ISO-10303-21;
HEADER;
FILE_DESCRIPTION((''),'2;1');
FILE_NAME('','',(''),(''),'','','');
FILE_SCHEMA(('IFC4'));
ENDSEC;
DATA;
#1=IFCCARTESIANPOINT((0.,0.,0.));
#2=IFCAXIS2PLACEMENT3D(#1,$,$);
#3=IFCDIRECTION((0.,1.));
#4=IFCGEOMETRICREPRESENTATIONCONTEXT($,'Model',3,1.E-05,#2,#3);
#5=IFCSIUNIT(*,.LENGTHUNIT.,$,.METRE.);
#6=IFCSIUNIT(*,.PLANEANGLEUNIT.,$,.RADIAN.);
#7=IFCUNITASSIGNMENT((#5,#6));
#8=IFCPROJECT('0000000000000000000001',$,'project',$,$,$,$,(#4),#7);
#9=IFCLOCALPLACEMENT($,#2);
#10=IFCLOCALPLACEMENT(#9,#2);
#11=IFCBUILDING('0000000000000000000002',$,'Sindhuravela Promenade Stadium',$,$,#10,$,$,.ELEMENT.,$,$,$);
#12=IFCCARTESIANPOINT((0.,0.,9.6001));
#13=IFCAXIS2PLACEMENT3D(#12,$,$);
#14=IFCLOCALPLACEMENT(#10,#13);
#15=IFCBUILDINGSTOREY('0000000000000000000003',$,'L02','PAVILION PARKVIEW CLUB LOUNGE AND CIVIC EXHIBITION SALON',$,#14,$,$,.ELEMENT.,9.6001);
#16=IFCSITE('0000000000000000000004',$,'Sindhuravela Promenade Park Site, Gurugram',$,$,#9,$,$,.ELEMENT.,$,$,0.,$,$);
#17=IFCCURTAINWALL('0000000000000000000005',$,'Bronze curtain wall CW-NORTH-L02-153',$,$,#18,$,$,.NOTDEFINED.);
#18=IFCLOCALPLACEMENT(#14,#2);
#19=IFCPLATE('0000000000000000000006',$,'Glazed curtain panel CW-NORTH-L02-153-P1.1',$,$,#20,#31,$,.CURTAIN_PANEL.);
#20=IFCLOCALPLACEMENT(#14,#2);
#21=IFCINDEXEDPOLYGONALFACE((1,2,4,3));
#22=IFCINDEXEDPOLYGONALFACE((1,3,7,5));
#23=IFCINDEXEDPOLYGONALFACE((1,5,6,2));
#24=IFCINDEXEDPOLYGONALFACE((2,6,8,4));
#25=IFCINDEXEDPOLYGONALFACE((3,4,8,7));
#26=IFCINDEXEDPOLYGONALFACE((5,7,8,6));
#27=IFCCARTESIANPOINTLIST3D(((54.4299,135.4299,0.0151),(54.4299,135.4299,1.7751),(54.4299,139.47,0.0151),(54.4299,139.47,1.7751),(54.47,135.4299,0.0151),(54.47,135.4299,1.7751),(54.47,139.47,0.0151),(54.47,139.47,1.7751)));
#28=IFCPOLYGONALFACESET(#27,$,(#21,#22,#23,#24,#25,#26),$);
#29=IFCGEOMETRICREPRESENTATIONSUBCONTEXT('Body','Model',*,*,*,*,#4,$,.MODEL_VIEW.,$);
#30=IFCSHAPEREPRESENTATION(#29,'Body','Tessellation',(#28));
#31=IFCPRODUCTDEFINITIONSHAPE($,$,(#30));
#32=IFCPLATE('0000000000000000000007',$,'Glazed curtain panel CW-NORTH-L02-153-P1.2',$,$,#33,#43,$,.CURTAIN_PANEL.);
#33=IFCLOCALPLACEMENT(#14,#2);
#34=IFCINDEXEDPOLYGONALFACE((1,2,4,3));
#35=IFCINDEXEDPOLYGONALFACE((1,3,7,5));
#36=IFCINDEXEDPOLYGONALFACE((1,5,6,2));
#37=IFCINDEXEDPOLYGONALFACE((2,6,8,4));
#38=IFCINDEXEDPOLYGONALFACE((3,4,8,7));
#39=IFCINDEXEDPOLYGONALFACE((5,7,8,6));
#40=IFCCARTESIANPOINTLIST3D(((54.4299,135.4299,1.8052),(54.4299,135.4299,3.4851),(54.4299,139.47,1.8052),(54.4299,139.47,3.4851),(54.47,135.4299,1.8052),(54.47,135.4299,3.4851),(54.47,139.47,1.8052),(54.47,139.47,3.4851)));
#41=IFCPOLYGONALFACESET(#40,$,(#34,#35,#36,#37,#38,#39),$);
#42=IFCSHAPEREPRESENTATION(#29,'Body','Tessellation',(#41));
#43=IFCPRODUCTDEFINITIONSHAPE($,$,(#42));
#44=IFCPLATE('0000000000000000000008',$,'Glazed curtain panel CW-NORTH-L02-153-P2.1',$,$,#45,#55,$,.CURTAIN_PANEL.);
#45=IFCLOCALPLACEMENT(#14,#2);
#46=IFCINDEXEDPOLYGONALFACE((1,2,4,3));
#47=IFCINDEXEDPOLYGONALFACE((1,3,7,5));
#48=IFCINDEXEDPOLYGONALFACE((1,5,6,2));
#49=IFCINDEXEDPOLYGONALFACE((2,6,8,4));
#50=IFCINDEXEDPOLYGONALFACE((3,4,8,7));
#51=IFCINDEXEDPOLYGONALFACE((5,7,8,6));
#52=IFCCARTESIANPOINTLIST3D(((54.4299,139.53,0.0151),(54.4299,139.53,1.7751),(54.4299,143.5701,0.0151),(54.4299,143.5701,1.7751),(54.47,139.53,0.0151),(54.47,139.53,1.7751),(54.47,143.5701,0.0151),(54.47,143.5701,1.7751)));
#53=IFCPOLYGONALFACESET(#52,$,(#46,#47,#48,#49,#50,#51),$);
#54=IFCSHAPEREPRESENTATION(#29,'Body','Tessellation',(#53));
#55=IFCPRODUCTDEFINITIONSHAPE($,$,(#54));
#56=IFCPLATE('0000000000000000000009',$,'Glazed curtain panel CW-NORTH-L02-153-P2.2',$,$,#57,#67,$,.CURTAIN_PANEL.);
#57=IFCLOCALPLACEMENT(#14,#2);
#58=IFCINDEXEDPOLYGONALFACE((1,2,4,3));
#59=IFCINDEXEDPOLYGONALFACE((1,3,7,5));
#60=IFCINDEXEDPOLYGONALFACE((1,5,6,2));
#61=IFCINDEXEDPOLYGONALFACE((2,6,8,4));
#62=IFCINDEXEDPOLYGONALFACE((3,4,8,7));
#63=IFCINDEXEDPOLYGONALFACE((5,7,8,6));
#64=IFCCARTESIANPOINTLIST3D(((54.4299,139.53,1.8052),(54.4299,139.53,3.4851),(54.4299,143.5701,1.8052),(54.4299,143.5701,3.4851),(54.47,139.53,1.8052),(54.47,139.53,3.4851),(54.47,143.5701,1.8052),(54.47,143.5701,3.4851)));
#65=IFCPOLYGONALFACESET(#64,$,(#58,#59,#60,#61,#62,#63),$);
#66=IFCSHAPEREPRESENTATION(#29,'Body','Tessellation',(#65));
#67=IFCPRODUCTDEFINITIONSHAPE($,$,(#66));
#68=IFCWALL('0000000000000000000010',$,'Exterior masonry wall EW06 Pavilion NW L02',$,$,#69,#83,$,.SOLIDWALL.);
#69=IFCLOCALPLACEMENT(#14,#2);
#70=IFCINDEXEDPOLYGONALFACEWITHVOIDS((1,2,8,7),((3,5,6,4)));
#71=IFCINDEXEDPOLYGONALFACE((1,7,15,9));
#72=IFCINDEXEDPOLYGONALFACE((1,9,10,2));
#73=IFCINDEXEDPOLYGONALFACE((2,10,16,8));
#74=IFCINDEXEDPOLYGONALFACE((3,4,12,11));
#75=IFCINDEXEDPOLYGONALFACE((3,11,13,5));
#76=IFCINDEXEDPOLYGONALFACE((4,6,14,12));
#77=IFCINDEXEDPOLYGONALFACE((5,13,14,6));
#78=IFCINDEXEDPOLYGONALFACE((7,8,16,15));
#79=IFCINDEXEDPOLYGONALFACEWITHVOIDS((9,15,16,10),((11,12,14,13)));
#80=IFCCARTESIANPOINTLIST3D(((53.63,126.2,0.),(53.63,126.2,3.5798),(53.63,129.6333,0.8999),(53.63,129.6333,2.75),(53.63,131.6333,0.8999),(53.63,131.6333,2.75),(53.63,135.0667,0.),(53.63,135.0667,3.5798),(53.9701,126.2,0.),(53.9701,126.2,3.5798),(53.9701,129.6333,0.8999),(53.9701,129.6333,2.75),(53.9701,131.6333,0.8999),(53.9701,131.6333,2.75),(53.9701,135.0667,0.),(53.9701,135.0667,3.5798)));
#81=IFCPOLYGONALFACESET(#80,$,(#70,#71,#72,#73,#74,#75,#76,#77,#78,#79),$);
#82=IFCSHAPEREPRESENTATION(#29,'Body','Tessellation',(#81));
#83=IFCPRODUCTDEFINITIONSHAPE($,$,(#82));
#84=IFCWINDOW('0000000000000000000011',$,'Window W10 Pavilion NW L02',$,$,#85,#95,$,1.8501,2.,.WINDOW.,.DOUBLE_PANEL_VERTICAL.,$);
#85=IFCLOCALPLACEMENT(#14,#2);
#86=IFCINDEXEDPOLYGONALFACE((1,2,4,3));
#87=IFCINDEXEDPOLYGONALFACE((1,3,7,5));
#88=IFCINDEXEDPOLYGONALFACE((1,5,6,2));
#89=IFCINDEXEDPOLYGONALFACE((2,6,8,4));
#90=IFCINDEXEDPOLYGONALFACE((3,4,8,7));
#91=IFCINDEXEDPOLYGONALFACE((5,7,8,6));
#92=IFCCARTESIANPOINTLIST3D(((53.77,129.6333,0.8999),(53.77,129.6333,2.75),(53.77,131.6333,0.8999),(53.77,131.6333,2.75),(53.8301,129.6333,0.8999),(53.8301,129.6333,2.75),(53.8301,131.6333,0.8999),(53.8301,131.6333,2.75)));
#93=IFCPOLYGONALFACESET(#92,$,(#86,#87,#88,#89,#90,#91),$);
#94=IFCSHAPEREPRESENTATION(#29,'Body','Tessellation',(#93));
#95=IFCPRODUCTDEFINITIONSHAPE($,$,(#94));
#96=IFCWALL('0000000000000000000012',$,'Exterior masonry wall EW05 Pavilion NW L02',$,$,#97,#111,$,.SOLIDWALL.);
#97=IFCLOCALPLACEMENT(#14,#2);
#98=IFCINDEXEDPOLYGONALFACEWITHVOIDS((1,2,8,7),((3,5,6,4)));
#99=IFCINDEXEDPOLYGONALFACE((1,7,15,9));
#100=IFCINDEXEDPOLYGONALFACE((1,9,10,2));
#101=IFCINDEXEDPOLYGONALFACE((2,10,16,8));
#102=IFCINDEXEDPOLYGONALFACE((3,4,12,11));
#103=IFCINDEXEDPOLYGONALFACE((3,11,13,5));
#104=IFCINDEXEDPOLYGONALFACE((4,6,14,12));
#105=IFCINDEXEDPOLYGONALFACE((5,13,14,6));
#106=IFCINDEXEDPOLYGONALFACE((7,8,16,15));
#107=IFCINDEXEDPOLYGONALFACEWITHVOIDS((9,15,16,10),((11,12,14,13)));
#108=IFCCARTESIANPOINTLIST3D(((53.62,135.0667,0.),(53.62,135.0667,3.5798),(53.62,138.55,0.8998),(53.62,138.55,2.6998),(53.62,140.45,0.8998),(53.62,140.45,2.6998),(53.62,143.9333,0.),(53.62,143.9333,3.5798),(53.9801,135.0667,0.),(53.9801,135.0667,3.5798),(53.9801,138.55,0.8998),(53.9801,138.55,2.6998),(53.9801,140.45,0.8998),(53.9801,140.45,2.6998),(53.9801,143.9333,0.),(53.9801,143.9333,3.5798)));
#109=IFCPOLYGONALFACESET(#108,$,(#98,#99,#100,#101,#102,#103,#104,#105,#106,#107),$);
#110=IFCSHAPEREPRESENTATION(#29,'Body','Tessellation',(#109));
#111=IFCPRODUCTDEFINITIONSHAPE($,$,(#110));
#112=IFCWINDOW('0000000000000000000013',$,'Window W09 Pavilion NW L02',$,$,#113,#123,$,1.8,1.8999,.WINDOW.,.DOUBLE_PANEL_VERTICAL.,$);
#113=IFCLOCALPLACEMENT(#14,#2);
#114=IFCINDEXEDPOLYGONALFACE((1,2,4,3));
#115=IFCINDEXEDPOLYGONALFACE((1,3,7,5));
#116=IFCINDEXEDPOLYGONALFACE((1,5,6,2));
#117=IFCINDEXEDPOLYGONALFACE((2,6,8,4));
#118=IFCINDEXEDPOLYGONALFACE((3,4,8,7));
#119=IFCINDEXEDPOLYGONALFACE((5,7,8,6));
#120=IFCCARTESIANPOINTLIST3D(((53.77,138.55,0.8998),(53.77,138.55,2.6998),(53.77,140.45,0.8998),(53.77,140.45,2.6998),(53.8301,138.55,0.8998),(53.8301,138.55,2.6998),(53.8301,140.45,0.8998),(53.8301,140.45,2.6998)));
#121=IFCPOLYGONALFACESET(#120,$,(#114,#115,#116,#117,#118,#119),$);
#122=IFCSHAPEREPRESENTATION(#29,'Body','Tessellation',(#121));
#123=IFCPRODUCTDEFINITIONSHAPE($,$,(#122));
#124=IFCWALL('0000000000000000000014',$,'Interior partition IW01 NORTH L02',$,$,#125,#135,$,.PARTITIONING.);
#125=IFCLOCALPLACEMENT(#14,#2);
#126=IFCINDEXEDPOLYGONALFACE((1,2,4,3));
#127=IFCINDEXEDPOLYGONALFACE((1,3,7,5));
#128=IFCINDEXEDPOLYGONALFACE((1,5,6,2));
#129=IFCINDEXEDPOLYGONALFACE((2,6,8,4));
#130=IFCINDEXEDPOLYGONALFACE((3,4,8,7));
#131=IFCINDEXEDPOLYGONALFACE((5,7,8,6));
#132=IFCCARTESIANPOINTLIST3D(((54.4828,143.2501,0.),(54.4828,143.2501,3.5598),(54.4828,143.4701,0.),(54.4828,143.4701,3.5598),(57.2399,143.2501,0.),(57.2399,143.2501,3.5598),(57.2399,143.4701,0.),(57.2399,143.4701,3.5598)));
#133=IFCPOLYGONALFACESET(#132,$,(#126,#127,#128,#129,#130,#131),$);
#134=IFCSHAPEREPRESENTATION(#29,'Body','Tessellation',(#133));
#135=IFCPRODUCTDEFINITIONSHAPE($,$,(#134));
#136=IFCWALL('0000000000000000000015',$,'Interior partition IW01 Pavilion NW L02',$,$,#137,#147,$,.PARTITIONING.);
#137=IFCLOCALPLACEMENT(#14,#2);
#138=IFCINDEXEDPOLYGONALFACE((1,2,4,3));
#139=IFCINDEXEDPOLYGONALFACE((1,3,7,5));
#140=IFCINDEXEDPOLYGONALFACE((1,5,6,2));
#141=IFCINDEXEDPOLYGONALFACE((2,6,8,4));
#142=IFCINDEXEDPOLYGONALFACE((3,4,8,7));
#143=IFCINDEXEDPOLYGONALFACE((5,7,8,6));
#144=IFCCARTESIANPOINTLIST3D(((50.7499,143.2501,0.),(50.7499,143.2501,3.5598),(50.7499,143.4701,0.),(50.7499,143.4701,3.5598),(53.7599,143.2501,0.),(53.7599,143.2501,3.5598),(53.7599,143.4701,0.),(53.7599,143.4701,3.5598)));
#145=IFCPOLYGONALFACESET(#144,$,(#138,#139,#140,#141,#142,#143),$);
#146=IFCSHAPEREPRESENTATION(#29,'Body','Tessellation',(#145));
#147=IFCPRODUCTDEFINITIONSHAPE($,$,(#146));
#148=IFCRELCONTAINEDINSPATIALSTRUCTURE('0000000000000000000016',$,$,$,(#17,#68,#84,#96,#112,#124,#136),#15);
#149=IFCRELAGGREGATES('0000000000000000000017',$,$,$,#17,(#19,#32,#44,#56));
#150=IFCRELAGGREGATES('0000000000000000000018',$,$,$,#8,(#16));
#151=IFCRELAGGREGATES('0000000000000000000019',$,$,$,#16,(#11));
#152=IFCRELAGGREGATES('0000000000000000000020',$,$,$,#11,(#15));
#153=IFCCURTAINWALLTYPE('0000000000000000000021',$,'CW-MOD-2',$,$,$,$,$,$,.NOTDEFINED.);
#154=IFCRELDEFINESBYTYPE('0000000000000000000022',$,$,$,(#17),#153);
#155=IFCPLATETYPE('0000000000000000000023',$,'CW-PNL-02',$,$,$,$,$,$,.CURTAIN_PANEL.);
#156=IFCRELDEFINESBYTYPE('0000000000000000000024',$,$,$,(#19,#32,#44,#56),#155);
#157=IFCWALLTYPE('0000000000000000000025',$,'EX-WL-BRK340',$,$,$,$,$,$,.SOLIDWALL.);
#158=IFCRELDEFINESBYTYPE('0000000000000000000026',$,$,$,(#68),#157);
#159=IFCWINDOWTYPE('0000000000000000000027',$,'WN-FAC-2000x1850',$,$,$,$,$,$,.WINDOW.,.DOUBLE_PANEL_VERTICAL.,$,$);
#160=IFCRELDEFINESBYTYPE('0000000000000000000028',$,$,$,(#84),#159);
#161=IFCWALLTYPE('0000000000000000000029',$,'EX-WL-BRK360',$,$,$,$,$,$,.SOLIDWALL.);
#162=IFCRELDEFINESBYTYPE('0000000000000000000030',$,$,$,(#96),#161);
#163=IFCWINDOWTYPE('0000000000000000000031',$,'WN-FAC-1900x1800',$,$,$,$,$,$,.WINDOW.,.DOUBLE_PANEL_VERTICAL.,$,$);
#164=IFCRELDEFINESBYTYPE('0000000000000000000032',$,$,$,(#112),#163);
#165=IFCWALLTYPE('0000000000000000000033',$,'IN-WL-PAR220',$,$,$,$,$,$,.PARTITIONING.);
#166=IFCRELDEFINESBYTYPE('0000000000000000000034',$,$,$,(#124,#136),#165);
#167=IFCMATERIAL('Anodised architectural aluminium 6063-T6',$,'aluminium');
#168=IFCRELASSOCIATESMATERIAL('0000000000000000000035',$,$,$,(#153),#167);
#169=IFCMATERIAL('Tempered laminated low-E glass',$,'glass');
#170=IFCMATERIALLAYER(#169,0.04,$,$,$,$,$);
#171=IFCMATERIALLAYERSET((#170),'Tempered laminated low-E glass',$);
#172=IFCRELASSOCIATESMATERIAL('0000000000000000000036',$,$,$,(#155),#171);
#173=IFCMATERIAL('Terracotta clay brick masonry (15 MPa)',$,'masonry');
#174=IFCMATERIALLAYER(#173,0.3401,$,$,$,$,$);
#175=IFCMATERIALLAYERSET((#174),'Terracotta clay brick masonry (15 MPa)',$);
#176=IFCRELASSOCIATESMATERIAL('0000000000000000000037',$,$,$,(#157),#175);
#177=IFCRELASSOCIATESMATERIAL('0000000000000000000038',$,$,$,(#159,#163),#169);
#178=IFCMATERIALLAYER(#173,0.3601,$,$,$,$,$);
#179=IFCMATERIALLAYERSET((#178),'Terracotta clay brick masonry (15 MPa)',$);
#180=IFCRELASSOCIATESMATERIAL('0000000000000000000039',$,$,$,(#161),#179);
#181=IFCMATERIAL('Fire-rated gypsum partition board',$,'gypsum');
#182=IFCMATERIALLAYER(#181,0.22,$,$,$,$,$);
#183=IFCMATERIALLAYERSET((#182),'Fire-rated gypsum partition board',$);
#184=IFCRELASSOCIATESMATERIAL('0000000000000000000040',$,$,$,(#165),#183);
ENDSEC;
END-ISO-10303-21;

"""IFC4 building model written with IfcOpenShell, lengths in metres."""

from ifc_helpers import new_model, si_unit, direction, frame, frame_2d, origin, origin_2d, place, context, subcontext, project, spatial, rectangle, extrude, material, layer, layer_set, type_object, element, fill, aggregate, save


model = new_model("IFC4")

# Units and contexts
model_context = context("Model", 3, precision=1e-05, world=origin(), true_north=direction((0.0, 1.0)))
body_context = subcontext(model_context, "Body", "Model", "MODEL_VIEW")
ifc_project = project(units=[si_unit("LENGTHUNIT", "METRE"), si_unit("PLANEANGLEUNIT", "RADIAN")], contexts=[model_context])

# Site, building, storey
site_placement = place(None, origin())
site = spatial("IfcSite", under=ifc_project, at=site_placement, Name="Sindhuravela Promenade Park Site, Gurugram", CompositionType="ELEMENT", RefElevation=0.0)
building_placement = place(site_placement, origin())
building = spatial("IfcBuilding", under=site, at=building_placement, Name="Sindhuravela Promenade Stadium", CompositionType="ELEMENT")
storey_placement = place(building_placement, frame((0.0, 0.0, 9.6001)))
storey = spatial("IfcBuildingStorey", under=building, at=storey_placement, Name="L02", Description="PAVILION PARKVIEW CLUB LOUNGE AND CIVIC EXHIBITION SALON", CompositionType="ELEMENT", Elevation=9.6001)

# Curtain wall
ifc_material_1 = material(Name="Anodised architectural aluminium 6063-T6", Category="aluminium")
curtain_wall_type = type_object("IfcCurtainWallType", Name="CW-MOD-2", PredefinedType="NOTDEFINED", material=ifc_material_1)
curtain_wall_placement = place(storey_placement, origin())
curtain_wall = element("IfcCurtainWall", 1, at=curtain_wall_placement, inside=storey, type_object=curtain_wall_type, Name="Bronze curtain wall CW-NORTH-L02-153", PredefinedType="NOTDEFINED")

# Plates
ifc_material_2 = material(Name="Tempered laminated low-E glass", Category="glass")
ifc_layer_1 = layer(ifc_material_2, 0.04)
ifc_layer_set_1 = layer_set([ifc_layer_1], Name="Tempered laminated low-E glass")
plate_type = type_object("IfcPlateType", Name="CW-PNL-02", PredefinedType="CURTAIN_PANEL", material=ifc_layer_set_1)
plate_1_placement = place(storey_placement, frame((54.45, 137.45, 0.0151), z_axis=(0.0, 0.0, 1.0), x_axis=(0.0, 1.0, 0.0)))
plate_1 = element("IfcPlate", 2, at=plate_1_placement, type_object=plate_type, Name="Glazed curtain panel CW-NORTH-L02-153-P1.1", PredefinedType="CURTAIN_PANEL", context=body_context, shape_type="SweptSolid", body=[
    extrude(rectangle(XDim=4.04, YDim=0.04, at=origin_2d()), origin(), (0.0, 0.0, 1.0), 1.76),
])
plate_2_placement = place(storey_placement, frame((54.45, 137.45, 1.8052), z_axis=(0.0, 0.0, 1.0), x_axis=(0.0, 1.0, 0.0)))
plate_2 = element("IfcPlate", 3, at=plate_2_placement, type_object=plate_type, Name="Glazed curtain panel CW-NORTH-L02-153-P1.2", PredefinedType="CURTAIN_PANEL", context=body_context, shape_type="SweptSolid", body=[
    extrude(rectangle(XDim=4.04, YDim=0.04, at=origin_2d()), origin(), (0.0, 0.0, 1.0), 1.6799),
])
plate_3_placement = place(storey_placement, frame((54.45, 141.55, 0.0151), z_axis=(0.0, 0.0, 1.0), x_axis=(0.0, 1.0, 0.0)))
plate_3 = element("IfcPlate", 4, at=plate_3_placement, type_object=plate_type, Name="Glazed curtain panel CW-NORTH-L02-153-P2.1", PredefinedType="CURTAIN_PANEL", context=body_context, shape_type="SweptSolid", body=[
    extrude(rectangle(XDim=4.04, YDim=0.04, at=origin_2d()), origin(), (0.0, 0.0, 1.0), 1.76),
])
plate_4_placement = place(storey_placement, frame((54.45, 141.55, 1.8052), z_axis=(0.0, 0.0, 1.0), x_axis=(0.0, 1.0, 0.0)))
plate_4 = element("IfcPlate", 5, at=plate_4_placement, type_object=plate_type, Name="Glazed curtain panel CW-NORTH-L02-153-P2.2", PredefinedType="CURTAIN_PANEL", context=body_context, shape_type="SweptSolid", body=[
    extrude(rectangle(XDim=4.04, YDim=0.04, at=origin_2d()), origin(), (0.0, 0.0, 1.0), 1.6799),
])
aggregate(curtain_wall, [plate_1, plate_2, plate_3, plate_4])

# Walls, openings, windows
ifc_material_3 = material(Name="Terracotta clay brick masonry (15 MPa)", Category="masonry")
ifc_layer_2 = layer(ifc_material_3, 0.3401)
ifc_layer_set_2 = layer_set([ifc_layer_2], Name="Terracotta clay brick masonry (15 MPa)")
wall_type_1 = type_object("IfcWallType", Name="EX-WL-BRK340", PredefinedType="SOLIDWALL", material=ifc_layer_set_2)
wall_1_placement = place(storey_placement, frame((53.8, 135.0667, 0.0), z_axis=(0.0, 0.0, 1.0), x_axis=(0.0, -1.0, 0.0)))
wall_1 = element("IfcWall", 6, at=wall_1_placement, inside=storey, type_object=wall_type_1, Name="Exterior masonry wall EW06 Pavilion NW L02", PredefinedType="SOLIDWALL", context=body_context, shape_type="SweptSolid", body=[
    extrude(rectangle(XDim=8.8667, YDim=0.3401, at=frame_2d((4.4333, 0.0))), origin(), (0.0, 0.0, 1.0), 3.5798),
])
opening_1_placement = place(wall_1_placement, frame((3.4333, 0.0, 0.8999)))
opening_1 = element("IfcOpeningElement", 7, at=opening_1_placement, cuts=wall_1, PredefinedType="OPENING", context=body_context, shape_type="SweptSolid", body=[
    extrude(rectangle(XDim=2.0, YDim=1.8501, at=frame_2d((1.0, 0.925))), frame((0.0, 0.1799, 0.0), z_axis=(0.0, -1.0, 0.0), x_axis=(1.0, 0.0, 0.0)), (0.0, 0.0, 1.0), 0.3601),
])
window_type_1 = type_object("IfcWindowType", Name="WN-FAC-2000x1850", PartitioningType="DOUBLE_PANEL_VERTICAL", PredefinedType="WINDOW", material=ifc_material_2)
window_1_placement = place(opening_1_placement, origin())
window_1 = element("IfcWindow", 8, at=window_1_placement, inside=storey, type_object=window_type_1, Name="Window W10 Pavilion NW L02", OverallHeight=1.8501, OverallWidth=2.0, PartitioningType="DOUBLE_PANEL_VERTICAL", PredefinedType="WINDOW", context=body_context, shape_type="SweptSolid", body=[
    extrude(rectangle(XDim=2.0, YDim=1.8501, at=frame_2d((1.0, 0.925))), frame((0.0, 0.03, 0.0), z_axis=(0.0, -1.0, 0.0), x_axis=(1.0, 0.0, 0.0)), (0.0, 0.0, 1.0), 0.0601),
])
fill(opening_1, window_1)
ifc_layer_3 = layer(ifc_material_3, 0.3601)
ifc_layer_set_3 = layer_set([ifc_layer_3], Name="Terracotta clay brick masonry (15 MPa)")
wall_type_2 = type_object("IfcWallType", Name="EX-WL-BRK360", PredefinedType="SOLIDWALL", material=ifc_layer_set_3)
wall_2_placement = place(storey_placement, frame((53.8, 143.9333, 0.0), z_axis=(0.0, 0.0, 1.0), x_axis=(0.0, -1.0, 0.0)))
wall_2 = element("IfcWall", 9, at=wall_2_placement, inside=storey, type_object=wall_type_2, Name="Exterior masonry wall EW05 Pavilion NW L02", PredefinedType="SOLIDWALL", context=body_context, shape_type="SweptSolid", body=[
    extrude(rectangle(XDim=8.8667, YDim=0.3601, at=frame_2d((4.4333, 0.0))), origin(), (0.0, 0.0, 1.0), 3.5798),
])
opening_2_placement = place(wall_2_placement, frame((3.4834, 0.0, 0.8999)))
opening_2 = element("IfcOpeningElement", 10, at=opening_2_placement, cuts=wall_2, PredefinedType="OPENING", context=body_context, shape_type="SweptSolid", body=[
    extrude(rectangle(XDim=1.8999, YDim=1.8, at=frame_2d((0.95, 0.8999))), frame((0.0, 0.1899, 0.0), z_axis=(0.0, -1.0, 0.0), x_axis=(1.0, 0.0, 0.0)), (0.0, 0.0, 1.0), 0.3801),
])
window_type_2 = type_object("IfcWindowType", Name="WN-FAC-1900x1800", PartitioningType="DOUBLE_PANEL_VERTICAL", PredefinedType="WINDOW", material=ifc_material_2)
window_2_placement = place(opening_2_placement, origin())
window_2 = element("IfcWindow", 11, at=window_2_placement, inside=storey, type_object=window_type_2, Name="Window W09 Pavilion NW L02", OverallHeight=1.8, OverallWidth=1.8999, PartitioningType="DOUBLE_PANEL_VERTICAL", PredefinedType="WINDOW", context=body_context, shape_type="SweptSolid", body=[
    extrude(rectangle(XDim=1.8999, YDim=1.8, at=frame_2d((0.95, 0.8999))), frame((0.0, 0.03, 0.0), z_axis=(0.0, -1.0, 0.0), x_axis=(1.0, 0.0, 0.0)), (0.0, 0.0, 1.0), 0.0601),
])
fill(opening_2, window_2)

# Walls
ifc_material_4 = material(Name="Fire-rated gypsum partition board", Category="gypsum")
ifc_layer_4 = layer(ifc_material_4, 0.22)
ifc_layer_set_4 = layer_set([ifc_layer_4], Name="Fire-rated gypsum partition board")
wall_type_3 = type_object("IfcWallType", Name="IN-WL-PAR220", PredefinedType="PARTITIONING", material=ifc_layer_set_4)
wall_3_placement = place(storey_placement, frame((54.4829, 143.3601, 0.0), z_axis=(0.0, 0.0, 1.0), x_axis=(1.0, 0.0, 0.0)))
element("IfcWall", 12, at=wall_3_placement, inside=storey, type_object=wall_type_3, Name="Interior partition IW01 NORTH L02", PredefinedType="PARTITIONING", context=body_context, shape_type="SweptSolid", body=[
    extrude(rectangle(XDim=2.7571, YDim=0.22, at=frame_2d((1.3784, 0.0))), origin(), (0.0, 0.0, 1.0), 3.5598),
])
wall_4_placement = place(storey_placement, frame((50.75, 143.3601, 0.0), z_axis=(0.0, 0.0, 1.0), x_axis=(1.0, 0.0, 0.0)))
element("IfcWall", 13, at=wall_4_placement, inside=storey, type_object=wall_type_3, Name="Interior partition IW01 Pavilion NW L02", PredefinedType="PARTITIONING", context=body_context, shape_type="SweptSolid", body=[
    extrude(rectangle(XDim=3.01, YDim=0.22, at=frame_2d((1.5049, 0.0))), origin(), (0.0, 0.0, 1.0), 3.5598),
])

save(model, "model.ifc")
